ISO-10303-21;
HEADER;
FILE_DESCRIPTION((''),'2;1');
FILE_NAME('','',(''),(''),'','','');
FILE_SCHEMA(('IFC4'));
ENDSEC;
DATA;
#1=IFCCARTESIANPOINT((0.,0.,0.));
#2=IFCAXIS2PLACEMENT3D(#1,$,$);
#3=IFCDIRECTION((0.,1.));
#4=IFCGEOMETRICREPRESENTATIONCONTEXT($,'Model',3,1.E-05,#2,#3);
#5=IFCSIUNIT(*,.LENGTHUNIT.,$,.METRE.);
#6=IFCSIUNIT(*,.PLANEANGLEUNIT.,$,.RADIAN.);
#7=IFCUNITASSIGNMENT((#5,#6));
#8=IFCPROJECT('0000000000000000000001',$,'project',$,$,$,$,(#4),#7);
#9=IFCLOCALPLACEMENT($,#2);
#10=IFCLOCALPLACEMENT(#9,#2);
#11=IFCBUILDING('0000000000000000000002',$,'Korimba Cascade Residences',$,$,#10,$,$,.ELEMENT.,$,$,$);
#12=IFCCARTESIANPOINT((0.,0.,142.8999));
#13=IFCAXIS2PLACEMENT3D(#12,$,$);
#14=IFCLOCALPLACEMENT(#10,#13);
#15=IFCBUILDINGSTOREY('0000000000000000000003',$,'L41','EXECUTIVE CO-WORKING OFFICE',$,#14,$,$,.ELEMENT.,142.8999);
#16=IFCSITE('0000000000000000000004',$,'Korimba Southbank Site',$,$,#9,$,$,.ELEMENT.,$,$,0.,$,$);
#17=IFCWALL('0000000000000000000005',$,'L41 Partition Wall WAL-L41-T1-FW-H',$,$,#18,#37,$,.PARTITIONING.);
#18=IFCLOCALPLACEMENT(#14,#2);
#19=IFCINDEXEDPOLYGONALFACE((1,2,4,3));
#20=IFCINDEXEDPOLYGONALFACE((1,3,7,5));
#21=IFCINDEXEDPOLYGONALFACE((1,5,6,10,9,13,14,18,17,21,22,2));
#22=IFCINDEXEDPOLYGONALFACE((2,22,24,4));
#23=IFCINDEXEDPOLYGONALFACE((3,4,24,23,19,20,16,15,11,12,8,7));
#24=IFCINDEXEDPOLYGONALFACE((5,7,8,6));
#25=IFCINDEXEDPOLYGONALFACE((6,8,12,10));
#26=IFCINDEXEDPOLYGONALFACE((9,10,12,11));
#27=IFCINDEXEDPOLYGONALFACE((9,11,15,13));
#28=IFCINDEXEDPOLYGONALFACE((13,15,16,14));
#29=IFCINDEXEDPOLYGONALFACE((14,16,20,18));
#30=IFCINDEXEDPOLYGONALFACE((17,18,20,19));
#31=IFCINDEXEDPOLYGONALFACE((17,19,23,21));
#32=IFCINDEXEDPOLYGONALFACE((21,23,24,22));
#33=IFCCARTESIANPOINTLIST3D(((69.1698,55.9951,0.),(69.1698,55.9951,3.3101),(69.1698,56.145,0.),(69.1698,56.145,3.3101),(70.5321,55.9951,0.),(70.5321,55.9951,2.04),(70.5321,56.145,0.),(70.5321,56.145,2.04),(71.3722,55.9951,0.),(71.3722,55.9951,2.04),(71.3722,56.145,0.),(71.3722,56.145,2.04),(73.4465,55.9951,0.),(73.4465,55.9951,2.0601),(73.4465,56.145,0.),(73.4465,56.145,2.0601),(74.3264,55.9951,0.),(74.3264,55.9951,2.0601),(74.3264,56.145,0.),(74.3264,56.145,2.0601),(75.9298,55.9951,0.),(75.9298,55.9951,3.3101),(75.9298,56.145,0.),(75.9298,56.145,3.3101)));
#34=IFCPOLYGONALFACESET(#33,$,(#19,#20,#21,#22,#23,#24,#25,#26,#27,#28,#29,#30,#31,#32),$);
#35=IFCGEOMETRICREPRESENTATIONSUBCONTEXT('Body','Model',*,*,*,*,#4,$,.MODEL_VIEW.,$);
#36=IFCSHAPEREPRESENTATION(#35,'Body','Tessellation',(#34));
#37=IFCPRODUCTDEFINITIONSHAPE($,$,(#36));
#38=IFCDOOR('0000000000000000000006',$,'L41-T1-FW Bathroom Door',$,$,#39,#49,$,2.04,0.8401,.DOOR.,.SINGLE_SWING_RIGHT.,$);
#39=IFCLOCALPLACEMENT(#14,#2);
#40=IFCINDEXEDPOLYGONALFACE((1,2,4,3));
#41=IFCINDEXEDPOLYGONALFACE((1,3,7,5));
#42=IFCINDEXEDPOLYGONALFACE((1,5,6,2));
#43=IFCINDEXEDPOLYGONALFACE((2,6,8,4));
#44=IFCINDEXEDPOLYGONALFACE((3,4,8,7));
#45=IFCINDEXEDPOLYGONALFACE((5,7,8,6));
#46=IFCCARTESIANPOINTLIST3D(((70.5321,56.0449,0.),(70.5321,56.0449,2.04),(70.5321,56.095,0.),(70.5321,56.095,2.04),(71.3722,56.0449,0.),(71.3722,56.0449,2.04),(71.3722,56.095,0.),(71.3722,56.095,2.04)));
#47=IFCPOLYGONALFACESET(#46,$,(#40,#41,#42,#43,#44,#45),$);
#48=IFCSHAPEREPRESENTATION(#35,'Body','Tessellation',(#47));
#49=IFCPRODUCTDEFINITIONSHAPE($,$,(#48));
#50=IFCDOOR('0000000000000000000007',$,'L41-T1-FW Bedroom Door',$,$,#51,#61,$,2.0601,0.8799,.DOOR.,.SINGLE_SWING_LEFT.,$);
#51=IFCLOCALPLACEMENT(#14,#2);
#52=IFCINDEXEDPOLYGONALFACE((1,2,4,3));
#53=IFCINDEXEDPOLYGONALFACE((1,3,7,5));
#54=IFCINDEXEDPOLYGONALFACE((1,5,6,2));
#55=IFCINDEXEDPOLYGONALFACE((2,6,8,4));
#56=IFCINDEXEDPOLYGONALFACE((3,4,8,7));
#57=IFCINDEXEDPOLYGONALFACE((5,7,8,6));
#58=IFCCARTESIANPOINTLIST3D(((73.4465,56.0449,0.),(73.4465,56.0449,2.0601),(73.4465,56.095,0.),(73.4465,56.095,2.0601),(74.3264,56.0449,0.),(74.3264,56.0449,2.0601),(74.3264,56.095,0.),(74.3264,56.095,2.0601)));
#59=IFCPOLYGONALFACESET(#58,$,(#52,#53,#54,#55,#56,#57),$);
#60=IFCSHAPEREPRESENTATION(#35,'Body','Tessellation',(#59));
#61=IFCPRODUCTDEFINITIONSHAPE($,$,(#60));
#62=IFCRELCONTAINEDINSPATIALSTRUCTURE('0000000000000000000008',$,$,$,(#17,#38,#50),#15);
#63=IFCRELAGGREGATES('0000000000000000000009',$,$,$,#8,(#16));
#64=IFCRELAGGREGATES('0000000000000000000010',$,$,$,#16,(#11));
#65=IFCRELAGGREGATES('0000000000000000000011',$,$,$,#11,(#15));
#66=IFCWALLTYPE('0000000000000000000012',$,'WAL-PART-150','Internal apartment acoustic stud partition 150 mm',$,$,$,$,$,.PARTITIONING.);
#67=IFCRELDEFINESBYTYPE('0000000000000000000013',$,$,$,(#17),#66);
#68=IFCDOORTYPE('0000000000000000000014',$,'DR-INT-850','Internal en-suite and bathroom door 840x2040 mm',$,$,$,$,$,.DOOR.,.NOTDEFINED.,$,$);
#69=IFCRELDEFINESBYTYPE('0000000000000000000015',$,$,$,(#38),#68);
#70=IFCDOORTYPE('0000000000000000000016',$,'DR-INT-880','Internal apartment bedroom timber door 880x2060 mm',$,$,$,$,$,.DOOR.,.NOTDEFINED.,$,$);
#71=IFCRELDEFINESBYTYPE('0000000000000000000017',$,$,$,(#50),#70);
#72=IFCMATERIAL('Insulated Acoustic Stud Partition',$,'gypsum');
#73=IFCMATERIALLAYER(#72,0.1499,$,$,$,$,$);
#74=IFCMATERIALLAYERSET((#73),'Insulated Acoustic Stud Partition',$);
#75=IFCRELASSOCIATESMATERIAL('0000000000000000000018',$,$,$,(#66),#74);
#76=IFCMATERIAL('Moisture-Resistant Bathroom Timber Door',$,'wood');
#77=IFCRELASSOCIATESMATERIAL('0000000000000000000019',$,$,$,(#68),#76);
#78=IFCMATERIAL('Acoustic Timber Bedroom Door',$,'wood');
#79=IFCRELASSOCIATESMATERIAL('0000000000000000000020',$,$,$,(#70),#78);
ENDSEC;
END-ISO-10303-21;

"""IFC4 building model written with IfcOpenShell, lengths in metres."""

from ifc_helpers import new_model, si_unit, direction, frame, frame_2d, origin, place, context, subcontext, project, spatial, rectangle, extrude, material, layer, layer_set, type_object, element, fill, save


model = new_model("IFC4")

# Units and contexts
model_context = context("Model", 3, precision=1e-05, world=origin(), true_north=direction((0.0, 1.0)))
body_context = subcontext(model_context, "Body", "Model", "MODEL_VIEW")
ifc_project = project(units=[si_unit("LENGTHUNIT", "METRE"), si_unit("PLANEANGLEUNIT", "RADIAN")], contexts=[model_context])

# Site, building, storey
site_placement = place(None, origin())
site = spatial("IfcSite", under=ifc_project, at=site_placement, Name="Korimba Southbank Site", CompositionType="ELEMENT", RefElevation=0.0)
building_placement = place(site_placement, origin())
building = spatial("IfcBuilding", under=site, at=building_placement, Name="Korimba Cascade Residences", CompositionType="ELEMENT")
storey_placement = place(building_placement, frame((0.0, 0.0, 142.8999)))
storey = spatial("IfcBuildingStorey", under=building, at=storey_placement, Name="L41", Description="EXECUTIVE CO-WORKING OFFICE", CompositionType="ELEMENT", Elevation=142.8999)

# Shared definitions
ifc_material_1 = material(Name="Insulated Acoustic Stud Partition", Category="gypsum")
ifc_layer_1 = layer(ifc_material_1, 0.1499)
ifc_layer_set_1 = layer_set([ifc_layer_1], Name="Insulated Acoustic Stud Partition")
wall_type_1 = type_object("IfcWallType", Name="WAL-PART-150", Description="Internal apartment acoustic stud partition 150 mm", PredefinedType="PARTITIONING", material=ifc_layer_set_1)
ifc_material_2 = material(Name="Moisture-Resistant Bathroom Timber Door", Category="wood")
door_type_1 = type_object("IfcDoorType", Name="DR-INT-850", Description="Internal en-suite and bathroom door 840x2040 mm", OperationType="NOTDEFINED", PredefinedType="DOOR", material=ifc_material_2)
ifc_material_3 = material(Name="Acoustic Timber Bedroom Door", Category="wood")
door_type_2 = type_object("IfcDoorType", Name="DR-INT-880", Description="Internal apartment bedroom timber door 880x2060 mm", OperationType="NOTDEFINED", PredefinedType="DOOR", material=ifc_material_3)

# Wall, openings, doors
wall_1_placement = place(storey_placement, frame((69.1699, 56.0701, 0.0), z_axis=(0.0, 0.0, 1.0), x_axis=(1.0, 0.0, 0.0)))
wall_1 = element("IfcWall", 1, at=wall_1_placement, inside=storey, type_object=wall_type_1, Name="L41 Partition Wall WAL-L41-T1-FW-H", PredefinedType="PARTITIONING", context=body_context, shape_type="SweptSolid", body=[
    extrude(rectangle(XDim=6.76, YDim=0.1499, at=frame_2d((3.3799, 0.0))), origin(), (0.0, 0.0, 1.0), 3.3101),
])
opening_1_placement = place(wall_1_placement, frame((1.3623, 0.0, 0.0)))
opening_1 = element("IfcOpeningElement", 2, at=opening_1_placement, cuts=wall_1, PredefinedType="OPENING", context=body_context, shape_type="SweptSolid", body=[
    extrude(rectangle(XDim=0.8401, YDim=2.04, at=frame_2d((0.4199, 1.02))), frame((0.0, 0.085, 0.0), z_axis=(0.0, -1.0, 0.0), x_axis=(1.0, 0.0, 0.0)), (0.0, 0.0, 1.0), 0.1699),
])
opening_2_placement = place(wall_1_placement, frame((4.2766, 0.0, 0.0)))
opening_2 = element("IfcOpeningElement", 3, at=opening_2_placement, cuts=wall_1, PredefinedType="OPENING", context=body_context, shape_type="SweptSolid", body=[
    extrude(rectangle(XDim=0.8799, YDim=2.0601, at=frame_2d((0.4399, 1.03))), frame((0.0, 0.085, 0.0), z_axis=(0.0, -1.0, 0.0), x_axis=(1.0, 0.0, 0.0)), (0.0, 0.0, 1.0), 0.1699),
])
door_1_placement = place(opening_1_placement, origin())
door_1 = element("IfcDoor", 4, at=door_1_placement, inside=storey, type_object=door_type_1, Name="L41-T1-FW Bathroom Door", OperationType="SINGLE_SWING_RIGHT", OverallHeight=2.04, OverallWidth=0.8401, PredefinedType="DOOR", context=body_context, shape_type="SweptSolid", body=[
    extrude(rectangle(XDim=0.8401, YDim=2.04, at=frame_2d((0.4199, 1.02))), frame((0.0, 0.0249, 0.0), z_axis=(0.0, -1.0, 0.0), x_axis=(1.0, 0.0, 0.0)), (0.0, 0.0, 1.0), 0.05),
])
fill(opening_1, door_1)
door_2_placement = place(opening_2_placement, origin())
door_2 = element("IfcDoor", 5, at=door_2_placement, inside=storey, type_object=door_type_2, Name="L41-T1-FW Bedroom Door", OperationType="SINGLE_SWING_LEFT", OverallHeight=2.0601, OverallWidth=0.8799, PredefinedType="DOOR", context=body_context, shape_type="SweptSolid", body=[
    extrude(rectangle(XDim=0.8799, YDim=2.0601, at=frame_2d((0.4399, 1.03))), frame((0.0, 0.0249, 0.0), z_axis=(0.0, -1.0, 0.0), x_axis=(1.0, 0.0, 0.0)), (0.0, 0.0, 1.0), 0.05),
])
fill(opening_2, door_2)

save(model, "model.ifc")
